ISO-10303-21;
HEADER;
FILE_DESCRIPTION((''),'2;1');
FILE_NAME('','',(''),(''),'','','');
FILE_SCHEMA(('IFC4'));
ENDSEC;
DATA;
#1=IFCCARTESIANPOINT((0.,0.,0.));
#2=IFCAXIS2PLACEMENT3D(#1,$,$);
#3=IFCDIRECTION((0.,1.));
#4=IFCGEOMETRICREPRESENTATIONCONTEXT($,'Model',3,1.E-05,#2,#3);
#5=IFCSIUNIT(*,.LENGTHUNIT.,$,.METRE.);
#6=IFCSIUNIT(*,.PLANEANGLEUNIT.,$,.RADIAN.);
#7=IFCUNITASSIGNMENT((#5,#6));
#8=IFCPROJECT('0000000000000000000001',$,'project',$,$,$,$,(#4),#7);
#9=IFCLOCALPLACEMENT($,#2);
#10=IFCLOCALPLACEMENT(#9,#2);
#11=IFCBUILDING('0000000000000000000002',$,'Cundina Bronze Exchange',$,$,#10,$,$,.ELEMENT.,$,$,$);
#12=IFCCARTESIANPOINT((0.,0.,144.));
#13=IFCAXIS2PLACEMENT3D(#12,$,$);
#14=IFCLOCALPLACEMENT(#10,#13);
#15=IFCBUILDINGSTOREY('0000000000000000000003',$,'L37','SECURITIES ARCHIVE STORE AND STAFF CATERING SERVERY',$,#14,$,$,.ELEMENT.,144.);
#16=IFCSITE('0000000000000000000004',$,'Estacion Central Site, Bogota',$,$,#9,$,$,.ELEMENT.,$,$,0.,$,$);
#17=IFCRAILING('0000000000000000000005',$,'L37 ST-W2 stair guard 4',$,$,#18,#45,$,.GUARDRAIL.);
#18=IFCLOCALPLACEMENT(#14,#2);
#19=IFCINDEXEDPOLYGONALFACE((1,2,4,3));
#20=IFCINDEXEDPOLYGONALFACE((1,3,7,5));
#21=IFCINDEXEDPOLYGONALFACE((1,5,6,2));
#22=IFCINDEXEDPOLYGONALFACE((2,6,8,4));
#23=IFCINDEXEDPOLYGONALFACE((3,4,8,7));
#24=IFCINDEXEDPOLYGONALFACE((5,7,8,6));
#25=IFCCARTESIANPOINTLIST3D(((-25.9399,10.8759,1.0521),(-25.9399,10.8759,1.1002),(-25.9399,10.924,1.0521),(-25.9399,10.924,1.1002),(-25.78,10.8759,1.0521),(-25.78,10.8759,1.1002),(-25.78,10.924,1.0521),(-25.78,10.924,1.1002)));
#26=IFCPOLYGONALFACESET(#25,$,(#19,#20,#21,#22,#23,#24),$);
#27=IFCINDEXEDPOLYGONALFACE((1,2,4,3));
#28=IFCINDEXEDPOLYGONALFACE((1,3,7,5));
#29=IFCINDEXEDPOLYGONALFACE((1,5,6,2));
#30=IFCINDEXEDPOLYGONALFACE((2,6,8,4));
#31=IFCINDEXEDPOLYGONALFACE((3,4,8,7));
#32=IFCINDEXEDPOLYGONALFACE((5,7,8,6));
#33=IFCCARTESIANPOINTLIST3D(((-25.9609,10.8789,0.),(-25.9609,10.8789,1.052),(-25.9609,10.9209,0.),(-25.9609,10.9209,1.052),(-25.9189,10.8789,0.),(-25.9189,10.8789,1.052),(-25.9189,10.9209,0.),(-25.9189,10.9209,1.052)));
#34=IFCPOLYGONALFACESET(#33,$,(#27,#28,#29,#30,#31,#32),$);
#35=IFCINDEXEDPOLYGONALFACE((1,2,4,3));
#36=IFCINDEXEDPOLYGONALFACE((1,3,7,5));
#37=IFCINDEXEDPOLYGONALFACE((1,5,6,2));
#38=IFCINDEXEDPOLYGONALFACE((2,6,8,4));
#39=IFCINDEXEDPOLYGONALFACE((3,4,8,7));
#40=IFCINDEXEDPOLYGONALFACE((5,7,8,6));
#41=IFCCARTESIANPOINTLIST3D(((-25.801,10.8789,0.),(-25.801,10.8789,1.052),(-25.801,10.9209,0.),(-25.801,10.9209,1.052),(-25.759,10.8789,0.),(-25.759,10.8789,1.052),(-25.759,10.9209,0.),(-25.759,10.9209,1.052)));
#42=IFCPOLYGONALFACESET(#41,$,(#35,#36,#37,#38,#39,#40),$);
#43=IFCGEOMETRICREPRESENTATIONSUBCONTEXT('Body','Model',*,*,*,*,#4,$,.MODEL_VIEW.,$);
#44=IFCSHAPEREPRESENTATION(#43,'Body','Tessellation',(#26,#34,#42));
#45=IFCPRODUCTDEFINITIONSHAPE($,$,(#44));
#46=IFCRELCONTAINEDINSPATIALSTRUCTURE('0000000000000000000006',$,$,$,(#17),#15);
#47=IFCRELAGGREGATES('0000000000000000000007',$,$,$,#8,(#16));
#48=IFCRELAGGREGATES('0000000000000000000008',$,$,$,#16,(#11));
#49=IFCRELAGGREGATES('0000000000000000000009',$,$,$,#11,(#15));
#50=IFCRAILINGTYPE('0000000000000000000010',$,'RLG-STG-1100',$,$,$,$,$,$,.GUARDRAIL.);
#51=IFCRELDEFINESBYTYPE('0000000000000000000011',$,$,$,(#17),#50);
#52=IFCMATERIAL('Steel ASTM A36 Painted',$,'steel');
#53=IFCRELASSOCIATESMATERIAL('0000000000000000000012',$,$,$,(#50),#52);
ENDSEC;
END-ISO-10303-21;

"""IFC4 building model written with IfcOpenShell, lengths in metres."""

from ifc_helpers import new_model, si_unit, direction, frame, origin, origin_2d, place, context, subcontext, project, spatial, rectangle, extrude, material, type_object, element, save


model = new_model("IFC4")

# Units and contexts
model_context = context("Model", 3, precision=1e-05, world=origin(), true_north=direction((0.0, 1.0)))
body_context = subcontext(model_context, "Body", "Model", "MODEL_VIEW")
ifc_project = project(units=[si_unit("LENGTHUNIT", "METRE"), si_unit("PLANEANGLEUNIT", "RADIAN")], contexts=[model_context])

# Site, building, storey
site_placement = place(None, origin())
site = spatial("IfcSite", under=ifc_project, at=site_placement, Name="Estacion Central Site, Bogota", CompositionType="ELEMENT", RefElevation=0.0)
building_placement = place(site_placement, origin())
building = spatial("IfcBuilding", under=site, at=building_placement, Name="Cundina Bronze Exchange", CompositionType="ELEMENT")
storey_placement = place(building_placement, frame((0.0, 0.0, 144.0)))
storey = spatial("IfcBuildingStorey", under=building, at=storey_placement, Name="L37", Description="SECURITIES ARCHIVE STORE AND STAFF CATERING SERVERY", CompositionType="ELEMENT", Elevation=144.0)

# Shared definitions
ifc_material_1 = material(Name="Steel ASTM A36 Painted", Category="steel")

# Railing
railing_type_1 = type_object("IfcRailingType", Name="RLG-STG-1100", PredefinedType="GUARDRAIL", material=ifc_material_1)
railing_1_placement = place(storey_placement, frame((-25.9399, 10.8999, 0.0)))
element("IfcRailing", 1, at=railing_1_placement, inside=storey, type_object=railing_type_1, Name="L37 ST-W2 stair guard 4", PredefinedType="GUARDRAIL", context=body_context, shape_type="SweptSolid", body=[
    extrude(rectangle(XDim=0.0481, YDim=0.0481, at=origin_2d()), frame((0.0, 0.0, 1.0762), z_axis=(1.0, 0.0, 0.0), x_axis=(0.0, 1.0, 0.0)), (0.0, 0.0, 1.0), 0.1599),
    extrude(rectangle(XDim=0.042, YDim=0.042, at=origin_2d()), origin(), (0.0, 0.0, 1.0), 1.052),
    extrude(rectangle(XDim=0.042, YDim=0.042, at=origin_2d()), frame((0.1599, 0.0, 0.0)), (0.0, 0.0, 1.0), 1.052),
])

save(model, "model.ifc")
